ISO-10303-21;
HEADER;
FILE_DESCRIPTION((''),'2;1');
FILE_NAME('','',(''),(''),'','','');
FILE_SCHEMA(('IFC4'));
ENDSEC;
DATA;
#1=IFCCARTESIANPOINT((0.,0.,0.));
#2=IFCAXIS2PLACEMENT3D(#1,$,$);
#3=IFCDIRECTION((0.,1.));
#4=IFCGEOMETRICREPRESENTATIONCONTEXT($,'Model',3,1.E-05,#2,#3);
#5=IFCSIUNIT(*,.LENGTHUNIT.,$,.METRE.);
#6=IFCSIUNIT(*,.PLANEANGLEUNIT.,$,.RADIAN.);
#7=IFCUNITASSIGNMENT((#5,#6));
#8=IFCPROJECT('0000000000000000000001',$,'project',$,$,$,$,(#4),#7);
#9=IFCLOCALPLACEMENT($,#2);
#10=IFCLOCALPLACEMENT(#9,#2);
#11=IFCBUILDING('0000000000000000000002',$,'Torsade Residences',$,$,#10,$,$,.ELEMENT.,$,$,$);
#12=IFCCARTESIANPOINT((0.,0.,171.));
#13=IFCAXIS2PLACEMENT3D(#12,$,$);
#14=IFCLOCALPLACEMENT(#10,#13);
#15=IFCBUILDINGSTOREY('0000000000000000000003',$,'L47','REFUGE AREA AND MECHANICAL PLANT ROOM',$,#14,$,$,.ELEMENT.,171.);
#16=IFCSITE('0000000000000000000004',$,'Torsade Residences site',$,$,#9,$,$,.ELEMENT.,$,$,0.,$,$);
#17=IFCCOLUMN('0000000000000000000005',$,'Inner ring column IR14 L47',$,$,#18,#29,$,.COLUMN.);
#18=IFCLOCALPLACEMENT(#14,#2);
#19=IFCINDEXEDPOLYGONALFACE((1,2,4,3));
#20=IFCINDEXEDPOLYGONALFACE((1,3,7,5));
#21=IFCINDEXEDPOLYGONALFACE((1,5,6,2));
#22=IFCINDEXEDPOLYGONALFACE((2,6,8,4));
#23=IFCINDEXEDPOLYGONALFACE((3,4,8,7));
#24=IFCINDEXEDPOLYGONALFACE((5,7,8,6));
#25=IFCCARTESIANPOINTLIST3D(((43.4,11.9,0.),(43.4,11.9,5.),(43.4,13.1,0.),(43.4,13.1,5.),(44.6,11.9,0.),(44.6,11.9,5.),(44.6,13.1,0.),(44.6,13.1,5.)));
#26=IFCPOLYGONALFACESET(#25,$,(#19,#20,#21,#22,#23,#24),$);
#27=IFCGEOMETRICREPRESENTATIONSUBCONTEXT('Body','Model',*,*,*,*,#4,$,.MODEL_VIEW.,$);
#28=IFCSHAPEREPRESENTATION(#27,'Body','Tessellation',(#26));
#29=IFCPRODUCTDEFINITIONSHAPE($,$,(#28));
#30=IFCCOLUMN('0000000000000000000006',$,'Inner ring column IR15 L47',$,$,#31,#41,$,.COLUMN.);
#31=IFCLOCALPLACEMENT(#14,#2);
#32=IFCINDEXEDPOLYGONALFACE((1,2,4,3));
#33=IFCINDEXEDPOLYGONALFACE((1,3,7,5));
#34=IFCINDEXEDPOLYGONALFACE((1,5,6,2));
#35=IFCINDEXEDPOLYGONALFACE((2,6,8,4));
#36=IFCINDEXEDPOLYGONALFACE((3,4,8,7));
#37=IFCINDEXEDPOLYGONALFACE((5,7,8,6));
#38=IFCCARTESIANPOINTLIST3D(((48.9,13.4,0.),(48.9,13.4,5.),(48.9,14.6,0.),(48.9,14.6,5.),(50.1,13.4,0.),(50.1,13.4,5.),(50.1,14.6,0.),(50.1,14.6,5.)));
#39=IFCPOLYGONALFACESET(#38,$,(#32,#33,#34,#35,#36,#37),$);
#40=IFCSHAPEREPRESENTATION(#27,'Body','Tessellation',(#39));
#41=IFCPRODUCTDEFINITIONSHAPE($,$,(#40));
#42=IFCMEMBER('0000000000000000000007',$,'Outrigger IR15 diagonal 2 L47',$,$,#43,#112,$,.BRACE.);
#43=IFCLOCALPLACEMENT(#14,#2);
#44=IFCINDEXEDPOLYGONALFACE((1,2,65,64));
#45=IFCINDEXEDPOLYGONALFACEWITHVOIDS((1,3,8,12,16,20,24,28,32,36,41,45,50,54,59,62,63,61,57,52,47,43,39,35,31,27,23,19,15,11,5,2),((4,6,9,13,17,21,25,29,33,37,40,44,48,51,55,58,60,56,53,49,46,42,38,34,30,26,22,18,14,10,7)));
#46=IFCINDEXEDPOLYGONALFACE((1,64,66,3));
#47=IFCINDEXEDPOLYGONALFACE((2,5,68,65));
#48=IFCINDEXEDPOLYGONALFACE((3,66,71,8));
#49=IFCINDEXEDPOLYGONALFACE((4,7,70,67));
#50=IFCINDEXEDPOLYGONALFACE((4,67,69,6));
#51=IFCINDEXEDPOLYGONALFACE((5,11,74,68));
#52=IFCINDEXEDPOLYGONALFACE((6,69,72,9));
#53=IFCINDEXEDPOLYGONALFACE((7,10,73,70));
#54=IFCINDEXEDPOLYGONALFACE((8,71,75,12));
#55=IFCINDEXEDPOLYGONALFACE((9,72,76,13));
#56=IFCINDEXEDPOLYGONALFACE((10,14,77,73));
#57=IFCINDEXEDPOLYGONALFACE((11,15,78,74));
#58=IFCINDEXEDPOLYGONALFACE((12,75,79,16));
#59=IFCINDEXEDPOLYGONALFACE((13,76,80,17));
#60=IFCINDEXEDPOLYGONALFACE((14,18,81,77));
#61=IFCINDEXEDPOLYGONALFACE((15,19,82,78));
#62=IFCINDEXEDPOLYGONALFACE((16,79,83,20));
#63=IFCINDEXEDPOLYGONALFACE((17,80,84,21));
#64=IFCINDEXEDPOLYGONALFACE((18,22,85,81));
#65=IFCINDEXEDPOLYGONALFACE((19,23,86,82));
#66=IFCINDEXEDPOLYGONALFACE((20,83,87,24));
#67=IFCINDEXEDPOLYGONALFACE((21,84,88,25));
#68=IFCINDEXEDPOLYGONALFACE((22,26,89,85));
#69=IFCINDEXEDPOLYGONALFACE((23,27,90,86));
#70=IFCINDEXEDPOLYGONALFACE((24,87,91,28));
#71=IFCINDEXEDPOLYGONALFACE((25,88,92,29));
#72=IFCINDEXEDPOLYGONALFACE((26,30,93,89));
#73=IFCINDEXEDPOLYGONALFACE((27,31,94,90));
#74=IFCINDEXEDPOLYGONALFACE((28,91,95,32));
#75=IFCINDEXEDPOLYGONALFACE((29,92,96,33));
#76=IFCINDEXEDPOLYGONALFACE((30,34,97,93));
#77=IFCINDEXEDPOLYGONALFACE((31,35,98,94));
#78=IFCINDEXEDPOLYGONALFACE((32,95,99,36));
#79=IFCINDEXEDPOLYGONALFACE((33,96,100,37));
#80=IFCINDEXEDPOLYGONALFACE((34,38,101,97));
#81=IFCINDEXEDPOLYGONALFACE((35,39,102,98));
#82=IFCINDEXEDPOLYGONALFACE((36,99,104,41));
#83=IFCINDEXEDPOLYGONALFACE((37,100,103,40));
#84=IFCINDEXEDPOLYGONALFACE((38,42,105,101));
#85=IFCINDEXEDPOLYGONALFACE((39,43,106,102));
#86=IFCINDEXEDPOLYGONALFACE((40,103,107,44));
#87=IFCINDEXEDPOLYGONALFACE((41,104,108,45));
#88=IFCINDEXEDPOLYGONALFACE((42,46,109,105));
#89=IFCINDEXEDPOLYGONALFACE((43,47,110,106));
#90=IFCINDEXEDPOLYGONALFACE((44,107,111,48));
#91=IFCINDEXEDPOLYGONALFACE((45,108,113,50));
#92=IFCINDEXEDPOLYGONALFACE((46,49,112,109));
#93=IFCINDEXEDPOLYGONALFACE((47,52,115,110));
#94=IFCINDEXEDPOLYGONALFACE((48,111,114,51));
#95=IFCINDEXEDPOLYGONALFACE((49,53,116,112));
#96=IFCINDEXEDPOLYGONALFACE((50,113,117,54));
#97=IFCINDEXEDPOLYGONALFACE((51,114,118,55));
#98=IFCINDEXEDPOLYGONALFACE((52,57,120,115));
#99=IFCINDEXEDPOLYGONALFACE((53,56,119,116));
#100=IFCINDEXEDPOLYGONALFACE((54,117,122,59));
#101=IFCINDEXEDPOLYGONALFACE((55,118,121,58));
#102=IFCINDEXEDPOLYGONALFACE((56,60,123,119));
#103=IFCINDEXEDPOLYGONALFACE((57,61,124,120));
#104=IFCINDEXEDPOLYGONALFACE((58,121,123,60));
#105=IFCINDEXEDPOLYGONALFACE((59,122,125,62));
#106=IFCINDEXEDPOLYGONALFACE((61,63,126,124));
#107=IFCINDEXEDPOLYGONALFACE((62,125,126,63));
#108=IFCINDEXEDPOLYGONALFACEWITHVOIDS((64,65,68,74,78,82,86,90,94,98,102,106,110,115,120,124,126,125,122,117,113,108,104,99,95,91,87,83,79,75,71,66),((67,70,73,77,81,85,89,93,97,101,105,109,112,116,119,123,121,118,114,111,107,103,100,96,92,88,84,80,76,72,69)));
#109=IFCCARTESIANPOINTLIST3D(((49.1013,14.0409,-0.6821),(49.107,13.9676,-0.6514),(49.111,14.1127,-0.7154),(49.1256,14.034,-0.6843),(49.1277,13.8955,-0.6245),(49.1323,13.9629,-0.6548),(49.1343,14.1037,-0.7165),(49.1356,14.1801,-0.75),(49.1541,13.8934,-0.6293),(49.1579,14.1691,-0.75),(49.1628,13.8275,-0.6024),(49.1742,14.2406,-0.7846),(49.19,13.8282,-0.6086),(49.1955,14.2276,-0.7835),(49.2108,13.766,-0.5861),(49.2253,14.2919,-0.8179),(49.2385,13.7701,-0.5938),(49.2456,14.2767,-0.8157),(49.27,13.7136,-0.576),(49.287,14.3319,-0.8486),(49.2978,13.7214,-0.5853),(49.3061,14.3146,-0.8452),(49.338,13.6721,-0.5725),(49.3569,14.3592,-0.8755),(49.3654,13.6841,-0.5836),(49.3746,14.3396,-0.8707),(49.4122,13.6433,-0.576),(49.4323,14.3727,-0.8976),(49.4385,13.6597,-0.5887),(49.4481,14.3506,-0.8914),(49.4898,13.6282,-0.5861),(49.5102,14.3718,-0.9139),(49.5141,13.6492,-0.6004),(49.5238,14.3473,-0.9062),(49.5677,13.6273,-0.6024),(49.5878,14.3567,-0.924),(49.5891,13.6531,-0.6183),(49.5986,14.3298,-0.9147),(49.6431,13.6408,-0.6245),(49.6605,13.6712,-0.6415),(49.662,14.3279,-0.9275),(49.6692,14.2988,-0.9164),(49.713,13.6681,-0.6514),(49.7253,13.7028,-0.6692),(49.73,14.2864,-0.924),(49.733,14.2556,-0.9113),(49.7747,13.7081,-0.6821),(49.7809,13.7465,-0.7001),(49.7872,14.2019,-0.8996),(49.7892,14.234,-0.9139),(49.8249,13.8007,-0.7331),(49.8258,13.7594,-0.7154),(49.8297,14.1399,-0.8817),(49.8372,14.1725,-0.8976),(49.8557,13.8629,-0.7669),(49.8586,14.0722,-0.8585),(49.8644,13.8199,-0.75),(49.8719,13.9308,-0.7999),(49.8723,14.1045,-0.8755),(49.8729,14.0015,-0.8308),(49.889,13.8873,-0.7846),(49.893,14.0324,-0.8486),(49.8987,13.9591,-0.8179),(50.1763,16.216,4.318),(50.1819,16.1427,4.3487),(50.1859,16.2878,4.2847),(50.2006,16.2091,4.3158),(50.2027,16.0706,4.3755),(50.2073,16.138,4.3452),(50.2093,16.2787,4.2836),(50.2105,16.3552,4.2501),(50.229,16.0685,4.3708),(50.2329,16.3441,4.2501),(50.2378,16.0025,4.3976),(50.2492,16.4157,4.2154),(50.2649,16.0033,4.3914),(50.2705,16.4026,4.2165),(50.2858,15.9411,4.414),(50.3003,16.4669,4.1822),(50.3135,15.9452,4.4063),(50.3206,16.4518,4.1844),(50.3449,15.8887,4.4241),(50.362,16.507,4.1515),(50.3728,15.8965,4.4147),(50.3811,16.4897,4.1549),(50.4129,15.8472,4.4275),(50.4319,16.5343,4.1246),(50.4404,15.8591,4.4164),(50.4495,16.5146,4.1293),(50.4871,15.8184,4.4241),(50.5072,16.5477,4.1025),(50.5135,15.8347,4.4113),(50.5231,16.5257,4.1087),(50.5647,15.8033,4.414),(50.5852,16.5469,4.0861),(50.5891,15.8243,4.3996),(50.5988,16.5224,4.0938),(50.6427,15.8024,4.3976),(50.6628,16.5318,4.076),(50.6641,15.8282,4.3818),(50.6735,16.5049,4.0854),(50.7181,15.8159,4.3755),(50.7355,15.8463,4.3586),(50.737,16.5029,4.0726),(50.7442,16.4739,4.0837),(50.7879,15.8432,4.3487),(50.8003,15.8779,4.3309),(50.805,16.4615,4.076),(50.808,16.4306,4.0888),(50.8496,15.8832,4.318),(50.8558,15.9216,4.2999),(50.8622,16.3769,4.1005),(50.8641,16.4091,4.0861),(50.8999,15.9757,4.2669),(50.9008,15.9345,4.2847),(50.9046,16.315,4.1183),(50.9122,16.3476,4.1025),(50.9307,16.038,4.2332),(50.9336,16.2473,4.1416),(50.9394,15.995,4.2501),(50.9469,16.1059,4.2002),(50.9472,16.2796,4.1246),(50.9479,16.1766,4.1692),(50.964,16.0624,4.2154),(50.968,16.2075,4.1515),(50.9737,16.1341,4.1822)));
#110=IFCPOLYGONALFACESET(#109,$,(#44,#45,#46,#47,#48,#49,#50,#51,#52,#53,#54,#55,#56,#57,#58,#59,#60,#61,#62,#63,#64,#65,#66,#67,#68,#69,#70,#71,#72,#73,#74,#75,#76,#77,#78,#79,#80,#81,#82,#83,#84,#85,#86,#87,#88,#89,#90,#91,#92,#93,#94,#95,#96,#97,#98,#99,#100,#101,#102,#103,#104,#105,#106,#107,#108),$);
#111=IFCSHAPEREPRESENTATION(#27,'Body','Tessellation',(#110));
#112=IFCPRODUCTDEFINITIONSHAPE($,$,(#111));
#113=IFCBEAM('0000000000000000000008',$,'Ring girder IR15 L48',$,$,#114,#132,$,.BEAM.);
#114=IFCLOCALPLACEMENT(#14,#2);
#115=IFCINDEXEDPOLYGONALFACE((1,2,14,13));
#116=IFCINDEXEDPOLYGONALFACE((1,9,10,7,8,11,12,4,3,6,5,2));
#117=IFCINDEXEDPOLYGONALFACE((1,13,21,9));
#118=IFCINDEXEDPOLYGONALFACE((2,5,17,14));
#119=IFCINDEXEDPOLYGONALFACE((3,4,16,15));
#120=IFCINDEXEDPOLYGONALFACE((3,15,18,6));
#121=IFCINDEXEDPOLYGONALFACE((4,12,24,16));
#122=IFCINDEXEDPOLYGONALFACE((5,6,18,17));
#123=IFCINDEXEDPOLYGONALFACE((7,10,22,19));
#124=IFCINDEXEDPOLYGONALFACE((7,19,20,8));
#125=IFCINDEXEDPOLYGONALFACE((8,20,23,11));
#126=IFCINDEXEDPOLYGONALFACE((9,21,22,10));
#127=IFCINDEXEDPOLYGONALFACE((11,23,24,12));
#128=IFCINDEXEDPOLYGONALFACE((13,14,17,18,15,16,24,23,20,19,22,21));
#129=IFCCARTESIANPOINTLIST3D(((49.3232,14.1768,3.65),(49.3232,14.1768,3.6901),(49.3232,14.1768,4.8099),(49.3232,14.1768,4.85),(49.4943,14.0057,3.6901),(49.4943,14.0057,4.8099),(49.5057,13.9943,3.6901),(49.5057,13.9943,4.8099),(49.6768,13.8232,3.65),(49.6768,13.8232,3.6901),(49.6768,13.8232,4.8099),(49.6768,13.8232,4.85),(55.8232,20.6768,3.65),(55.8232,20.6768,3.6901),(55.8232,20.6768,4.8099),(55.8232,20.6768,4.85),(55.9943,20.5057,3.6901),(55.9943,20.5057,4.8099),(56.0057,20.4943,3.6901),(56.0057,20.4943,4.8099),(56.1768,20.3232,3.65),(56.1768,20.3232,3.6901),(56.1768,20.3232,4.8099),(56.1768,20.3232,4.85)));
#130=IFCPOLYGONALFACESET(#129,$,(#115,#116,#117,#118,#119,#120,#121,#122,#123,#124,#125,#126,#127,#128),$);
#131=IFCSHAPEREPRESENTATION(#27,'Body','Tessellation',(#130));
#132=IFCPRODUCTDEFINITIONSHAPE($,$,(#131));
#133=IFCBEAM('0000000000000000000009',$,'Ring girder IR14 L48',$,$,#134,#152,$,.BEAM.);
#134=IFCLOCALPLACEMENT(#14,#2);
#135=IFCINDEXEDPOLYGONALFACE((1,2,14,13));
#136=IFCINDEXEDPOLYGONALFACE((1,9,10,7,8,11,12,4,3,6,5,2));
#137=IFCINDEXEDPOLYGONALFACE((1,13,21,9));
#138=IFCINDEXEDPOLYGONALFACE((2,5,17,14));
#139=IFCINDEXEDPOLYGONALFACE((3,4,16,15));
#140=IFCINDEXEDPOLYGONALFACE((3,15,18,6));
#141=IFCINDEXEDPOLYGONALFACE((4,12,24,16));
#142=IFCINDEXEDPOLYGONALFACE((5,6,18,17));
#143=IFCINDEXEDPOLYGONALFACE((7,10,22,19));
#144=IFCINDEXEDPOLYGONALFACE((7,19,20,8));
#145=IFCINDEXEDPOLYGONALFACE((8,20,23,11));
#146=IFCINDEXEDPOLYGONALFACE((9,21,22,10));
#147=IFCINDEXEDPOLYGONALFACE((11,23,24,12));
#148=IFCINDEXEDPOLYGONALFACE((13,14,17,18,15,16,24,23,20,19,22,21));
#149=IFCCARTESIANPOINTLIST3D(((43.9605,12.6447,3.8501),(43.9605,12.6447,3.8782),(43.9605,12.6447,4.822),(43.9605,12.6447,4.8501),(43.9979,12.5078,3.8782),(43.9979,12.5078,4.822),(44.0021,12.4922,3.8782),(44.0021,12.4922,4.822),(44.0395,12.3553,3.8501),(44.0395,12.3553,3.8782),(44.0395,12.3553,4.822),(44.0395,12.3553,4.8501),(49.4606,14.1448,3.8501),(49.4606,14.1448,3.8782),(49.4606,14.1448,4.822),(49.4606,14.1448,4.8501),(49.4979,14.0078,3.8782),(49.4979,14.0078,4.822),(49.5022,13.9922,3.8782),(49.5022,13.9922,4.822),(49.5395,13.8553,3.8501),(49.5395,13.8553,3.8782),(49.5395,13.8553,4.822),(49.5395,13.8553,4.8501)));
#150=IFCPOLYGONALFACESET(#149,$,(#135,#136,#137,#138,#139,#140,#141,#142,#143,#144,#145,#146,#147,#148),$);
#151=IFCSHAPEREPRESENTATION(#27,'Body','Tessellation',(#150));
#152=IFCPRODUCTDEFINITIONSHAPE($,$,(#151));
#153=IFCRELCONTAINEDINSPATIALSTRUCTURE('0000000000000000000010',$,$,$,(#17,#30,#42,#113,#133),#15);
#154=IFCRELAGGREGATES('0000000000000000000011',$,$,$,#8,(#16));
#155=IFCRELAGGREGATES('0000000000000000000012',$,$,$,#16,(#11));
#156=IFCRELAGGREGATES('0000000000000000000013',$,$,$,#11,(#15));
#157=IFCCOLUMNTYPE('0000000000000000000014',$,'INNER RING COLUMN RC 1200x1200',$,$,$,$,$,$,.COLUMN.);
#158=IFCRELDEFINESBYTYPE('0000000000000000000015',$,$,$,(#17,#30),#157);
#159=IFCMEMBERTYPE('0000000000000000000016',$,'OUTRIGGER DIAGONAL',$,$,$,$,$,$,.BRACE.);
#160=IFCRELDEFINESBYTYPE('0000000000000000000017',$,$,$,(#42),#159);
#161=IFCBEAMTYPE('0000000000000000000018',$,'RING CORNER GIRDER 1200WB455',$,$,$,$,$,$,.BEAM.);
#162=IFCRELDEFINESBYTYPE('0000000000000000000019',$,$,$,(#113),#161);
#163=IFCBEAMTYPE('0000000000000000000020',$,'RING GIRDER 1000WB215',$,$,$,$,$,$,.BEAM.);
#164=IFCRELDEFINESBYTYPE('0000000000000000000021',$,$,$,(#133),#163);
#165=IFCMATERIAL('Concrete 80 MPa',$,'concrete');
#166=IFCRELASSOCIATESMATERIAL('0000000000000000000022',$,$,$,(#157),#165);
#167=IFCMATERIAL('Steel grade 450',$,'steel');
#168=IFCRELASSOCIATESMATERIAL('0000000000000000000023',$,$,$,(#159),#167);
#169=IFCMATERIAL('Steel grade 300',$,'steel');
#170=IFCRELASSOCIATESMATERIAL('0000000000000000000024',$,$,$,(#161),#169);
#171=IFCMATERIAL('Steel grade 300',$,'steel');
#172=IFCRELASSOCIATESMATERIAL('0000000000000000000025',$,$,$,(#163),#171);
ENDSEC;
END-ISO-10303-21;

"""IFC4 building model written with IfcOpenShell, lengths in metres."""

from ifc_helpers import new_model, si_unit, direction, frame, origin, origin_2d, place, context, subcontext, project, spatial, rectangle, hollow_circle, i_section, extrude, material, material_profile, profile_set, type_object, element, save


model = new_model("IFC4")

# Units and contexts
model_context = context("Model", 3, precision=1e-05, world=origin(), true_north=direction((0.0, 1.0)))
body_context = subcontext(model_context, "Body", "Model", "MODEL_VIEW")
ifc_project = project(units=[si_unit("LENGTHUNIT", "METRE"), si_unit("PLANEANGLEUNIT", "RADIAN")], contexts=[model_context])

# Site, building, storey
site_placement = place(None, origin())
site = spatial("IfcSite", under=ifc_project, at=site_placement, Name="Torsade Residences site", CompositionType="ELEMENT", RefElevation=0.0)
building_placement = place(site_placement, origin())
building = spatial("IfcBuilding", under=site, at=building_placement, Name="Torsade Residences", CompositionType="ELEMENT")
storey_placement = place(building_placement, frame((0.0, 0.0, 171.0)))
storey = spatial("IfcBuildingStorey", under=building, at=storey_placement, Name="L47", Description="REFUGE AREA AND MECHANICAL PLANT ROOM", CompositionType="ELEMENT", Elevation=171.0)

# Columns
ifc_material_1 = material(Name="Concrete 80 MPa", Category="concrete")
ifc_material_profile_1 = material_profile(ifc_material_1, rectangle(XDim=1.2, YDim=1.2, at=origin_2d()), Name="RC 1200x1200")
ifc_profile_set_1 = profile_set([ifc_material_profile_1], Name="Concrete 80 MPa")
column_type = type_object("IfcColumnType", Name="INNER RING COLUMN RC 1200x1200", PredefinedType="COLUMN", material=ifc_profile_set_1)
for number, where, z_axis, x_axis, name in (
    (1, (44.0, 12.5, 0.0), (0.0, 0.0, 1.0), (1.0, 0.0, 0.0), "Inner ring column IR14 L47"),
    (2, (49.5, 14.0, 0.0), (0.0, 0.0, 1.0), (1.0, 0.0, 0.0), "Inner ring column IR15 L47"),
):
    element("IfcColumn", number, at=place(storey_placement, frame(where, z_axis=z_axis, x_axis=x_axis)), inside=storey, type_object=column_type, Name=name, PredefinedType="COLUMN", context=body_context, shape_type="SweptSolid", body=[
        extrude(rectangle(XDim=1.2, YDim=1.2, at=origin_2d()), origin(), (0.0, 0.0, 1.0), 5.0),
    ])

# Member
ifc_material_2 = material(Name="Steel grade 450", Category="steel")
ifc_material_profile_2 = material_profile(ifc_material_2, hollow_circle(Radius=0.4065, WallThickness=0.0249, at=origin_2d()), Name="813.0x25.0CHS")
ifc_profile_set_2 = profile_set([ifc_material_profile_2], Name="Steel grade 450")
member_type_1 = type_object("IfcMemberType", Name="OUTRIGGER DIAGONAL", PredefinedType="BRACE", material=ifc_profile_set_2)
member_1_placement = place(storey_placement, frame((49.5, 14.0, -0.75), z_axis=(0.193422, 0.391368, 0.899677), x_axis=(-0.896491, 0.443063, 0.0)))
element("IfcMember", 3, at=member_1_placement, inside=storey, type_object=member_type_1, Name="Outrigger IR15 diagonal 2 L47", PredefinedType="BRACE", context=body_context, shape_type="SweptSolid", body=[
    extrude(hollow_circle(Radius=0.4065, WallThickness=0.0249, at=origin_2d()), origin(), (0.0, 0.0, 1.0), 5.5576),
])

# Beams
ifc_material_3 = material(Name="Steel grade 300", Category="steel")
ifc_material_profile_3 = material_profile(ifc_material_3, i_section(OverallWidth=0.5, OverallDepth=1.2, WebThickness=0.0161, FlangeThickness=0.04, at=origin_2d()), Name="1200WB455")
ifc_profile_set_3 = profile_set([ifc_material_profile_3], Name="Steel grade 300")
beam_type_1 = type_object("IfcBeamType", Name="RING CORNER GIRDER 1200WB455", PredefinedType="BEAM", material=ifc_profile_set_3)
beam_1_placement = place(storey_placement, frame((49.5, 14.0, 4.25), z_axis=(0.707107, 0.707107, 0.0), x_axis=(-0.707107, 0.707107, 0.0)))
element("IfcBeam", 4, at=beam_1_placement, inside=storey, type_object=beam_type_1, Name="Ring girder IR15 L48", PredefinedType="BEAM", context=body_context, shape_type="SweptSolid", body=[
    extrude(i_section(OverallWidth=0.5, OverallDepth=1.2, WebThickness=0.0161, FlangeThickness=0.04, at=origin_2d()), origin(), (0.0, 0.0, 1.0), 9.1924),
])
ifc_material_4 = material(Name="Steel grade 300", Category="steel")
ifc_material_profile_4 = material_profile(ifc_material_4, i_section(OverallWidth=0.3, OverallDepth=1.0, WebThickness=0.0161, FlangeThickness=0.0281, at=origin_2d()), Name="1000WB215")
ifc_profile_set_4 = profile_set([ifc_material_profile_4], Name="Steel grade 300")
beam_type_2 = type_object("IfcBeamType", Name="RING GIRDER 1000WB215", PredefinedType="BEAM", material=ifc_profile_set_4)
beam_2_placement = place(storey_placement, frame((44.0, 12.5, 4.3501), z_axis=(0.964764, 0.263117, 0.0), x_axis=(-0.263117, 0.964764, 0.0)))
element("IfcBeam", 5, at=beam_2_placement, inside=storey, type_object=beam_type_2, Name="Ring girder IR14 L48", PredefinedType="BEAM", context=body_context, shape_type="SweptSolid", body=[
    extrude(i_section(OverallWidth=0.3, OverallDepth=1.0, WebThickness=0.0161, FlangeThickness=0.0281, at=origin_2d()), origin(), (0.0, 0.0, 1.0), 5.7009),
])

save(model, "model.ifc")
